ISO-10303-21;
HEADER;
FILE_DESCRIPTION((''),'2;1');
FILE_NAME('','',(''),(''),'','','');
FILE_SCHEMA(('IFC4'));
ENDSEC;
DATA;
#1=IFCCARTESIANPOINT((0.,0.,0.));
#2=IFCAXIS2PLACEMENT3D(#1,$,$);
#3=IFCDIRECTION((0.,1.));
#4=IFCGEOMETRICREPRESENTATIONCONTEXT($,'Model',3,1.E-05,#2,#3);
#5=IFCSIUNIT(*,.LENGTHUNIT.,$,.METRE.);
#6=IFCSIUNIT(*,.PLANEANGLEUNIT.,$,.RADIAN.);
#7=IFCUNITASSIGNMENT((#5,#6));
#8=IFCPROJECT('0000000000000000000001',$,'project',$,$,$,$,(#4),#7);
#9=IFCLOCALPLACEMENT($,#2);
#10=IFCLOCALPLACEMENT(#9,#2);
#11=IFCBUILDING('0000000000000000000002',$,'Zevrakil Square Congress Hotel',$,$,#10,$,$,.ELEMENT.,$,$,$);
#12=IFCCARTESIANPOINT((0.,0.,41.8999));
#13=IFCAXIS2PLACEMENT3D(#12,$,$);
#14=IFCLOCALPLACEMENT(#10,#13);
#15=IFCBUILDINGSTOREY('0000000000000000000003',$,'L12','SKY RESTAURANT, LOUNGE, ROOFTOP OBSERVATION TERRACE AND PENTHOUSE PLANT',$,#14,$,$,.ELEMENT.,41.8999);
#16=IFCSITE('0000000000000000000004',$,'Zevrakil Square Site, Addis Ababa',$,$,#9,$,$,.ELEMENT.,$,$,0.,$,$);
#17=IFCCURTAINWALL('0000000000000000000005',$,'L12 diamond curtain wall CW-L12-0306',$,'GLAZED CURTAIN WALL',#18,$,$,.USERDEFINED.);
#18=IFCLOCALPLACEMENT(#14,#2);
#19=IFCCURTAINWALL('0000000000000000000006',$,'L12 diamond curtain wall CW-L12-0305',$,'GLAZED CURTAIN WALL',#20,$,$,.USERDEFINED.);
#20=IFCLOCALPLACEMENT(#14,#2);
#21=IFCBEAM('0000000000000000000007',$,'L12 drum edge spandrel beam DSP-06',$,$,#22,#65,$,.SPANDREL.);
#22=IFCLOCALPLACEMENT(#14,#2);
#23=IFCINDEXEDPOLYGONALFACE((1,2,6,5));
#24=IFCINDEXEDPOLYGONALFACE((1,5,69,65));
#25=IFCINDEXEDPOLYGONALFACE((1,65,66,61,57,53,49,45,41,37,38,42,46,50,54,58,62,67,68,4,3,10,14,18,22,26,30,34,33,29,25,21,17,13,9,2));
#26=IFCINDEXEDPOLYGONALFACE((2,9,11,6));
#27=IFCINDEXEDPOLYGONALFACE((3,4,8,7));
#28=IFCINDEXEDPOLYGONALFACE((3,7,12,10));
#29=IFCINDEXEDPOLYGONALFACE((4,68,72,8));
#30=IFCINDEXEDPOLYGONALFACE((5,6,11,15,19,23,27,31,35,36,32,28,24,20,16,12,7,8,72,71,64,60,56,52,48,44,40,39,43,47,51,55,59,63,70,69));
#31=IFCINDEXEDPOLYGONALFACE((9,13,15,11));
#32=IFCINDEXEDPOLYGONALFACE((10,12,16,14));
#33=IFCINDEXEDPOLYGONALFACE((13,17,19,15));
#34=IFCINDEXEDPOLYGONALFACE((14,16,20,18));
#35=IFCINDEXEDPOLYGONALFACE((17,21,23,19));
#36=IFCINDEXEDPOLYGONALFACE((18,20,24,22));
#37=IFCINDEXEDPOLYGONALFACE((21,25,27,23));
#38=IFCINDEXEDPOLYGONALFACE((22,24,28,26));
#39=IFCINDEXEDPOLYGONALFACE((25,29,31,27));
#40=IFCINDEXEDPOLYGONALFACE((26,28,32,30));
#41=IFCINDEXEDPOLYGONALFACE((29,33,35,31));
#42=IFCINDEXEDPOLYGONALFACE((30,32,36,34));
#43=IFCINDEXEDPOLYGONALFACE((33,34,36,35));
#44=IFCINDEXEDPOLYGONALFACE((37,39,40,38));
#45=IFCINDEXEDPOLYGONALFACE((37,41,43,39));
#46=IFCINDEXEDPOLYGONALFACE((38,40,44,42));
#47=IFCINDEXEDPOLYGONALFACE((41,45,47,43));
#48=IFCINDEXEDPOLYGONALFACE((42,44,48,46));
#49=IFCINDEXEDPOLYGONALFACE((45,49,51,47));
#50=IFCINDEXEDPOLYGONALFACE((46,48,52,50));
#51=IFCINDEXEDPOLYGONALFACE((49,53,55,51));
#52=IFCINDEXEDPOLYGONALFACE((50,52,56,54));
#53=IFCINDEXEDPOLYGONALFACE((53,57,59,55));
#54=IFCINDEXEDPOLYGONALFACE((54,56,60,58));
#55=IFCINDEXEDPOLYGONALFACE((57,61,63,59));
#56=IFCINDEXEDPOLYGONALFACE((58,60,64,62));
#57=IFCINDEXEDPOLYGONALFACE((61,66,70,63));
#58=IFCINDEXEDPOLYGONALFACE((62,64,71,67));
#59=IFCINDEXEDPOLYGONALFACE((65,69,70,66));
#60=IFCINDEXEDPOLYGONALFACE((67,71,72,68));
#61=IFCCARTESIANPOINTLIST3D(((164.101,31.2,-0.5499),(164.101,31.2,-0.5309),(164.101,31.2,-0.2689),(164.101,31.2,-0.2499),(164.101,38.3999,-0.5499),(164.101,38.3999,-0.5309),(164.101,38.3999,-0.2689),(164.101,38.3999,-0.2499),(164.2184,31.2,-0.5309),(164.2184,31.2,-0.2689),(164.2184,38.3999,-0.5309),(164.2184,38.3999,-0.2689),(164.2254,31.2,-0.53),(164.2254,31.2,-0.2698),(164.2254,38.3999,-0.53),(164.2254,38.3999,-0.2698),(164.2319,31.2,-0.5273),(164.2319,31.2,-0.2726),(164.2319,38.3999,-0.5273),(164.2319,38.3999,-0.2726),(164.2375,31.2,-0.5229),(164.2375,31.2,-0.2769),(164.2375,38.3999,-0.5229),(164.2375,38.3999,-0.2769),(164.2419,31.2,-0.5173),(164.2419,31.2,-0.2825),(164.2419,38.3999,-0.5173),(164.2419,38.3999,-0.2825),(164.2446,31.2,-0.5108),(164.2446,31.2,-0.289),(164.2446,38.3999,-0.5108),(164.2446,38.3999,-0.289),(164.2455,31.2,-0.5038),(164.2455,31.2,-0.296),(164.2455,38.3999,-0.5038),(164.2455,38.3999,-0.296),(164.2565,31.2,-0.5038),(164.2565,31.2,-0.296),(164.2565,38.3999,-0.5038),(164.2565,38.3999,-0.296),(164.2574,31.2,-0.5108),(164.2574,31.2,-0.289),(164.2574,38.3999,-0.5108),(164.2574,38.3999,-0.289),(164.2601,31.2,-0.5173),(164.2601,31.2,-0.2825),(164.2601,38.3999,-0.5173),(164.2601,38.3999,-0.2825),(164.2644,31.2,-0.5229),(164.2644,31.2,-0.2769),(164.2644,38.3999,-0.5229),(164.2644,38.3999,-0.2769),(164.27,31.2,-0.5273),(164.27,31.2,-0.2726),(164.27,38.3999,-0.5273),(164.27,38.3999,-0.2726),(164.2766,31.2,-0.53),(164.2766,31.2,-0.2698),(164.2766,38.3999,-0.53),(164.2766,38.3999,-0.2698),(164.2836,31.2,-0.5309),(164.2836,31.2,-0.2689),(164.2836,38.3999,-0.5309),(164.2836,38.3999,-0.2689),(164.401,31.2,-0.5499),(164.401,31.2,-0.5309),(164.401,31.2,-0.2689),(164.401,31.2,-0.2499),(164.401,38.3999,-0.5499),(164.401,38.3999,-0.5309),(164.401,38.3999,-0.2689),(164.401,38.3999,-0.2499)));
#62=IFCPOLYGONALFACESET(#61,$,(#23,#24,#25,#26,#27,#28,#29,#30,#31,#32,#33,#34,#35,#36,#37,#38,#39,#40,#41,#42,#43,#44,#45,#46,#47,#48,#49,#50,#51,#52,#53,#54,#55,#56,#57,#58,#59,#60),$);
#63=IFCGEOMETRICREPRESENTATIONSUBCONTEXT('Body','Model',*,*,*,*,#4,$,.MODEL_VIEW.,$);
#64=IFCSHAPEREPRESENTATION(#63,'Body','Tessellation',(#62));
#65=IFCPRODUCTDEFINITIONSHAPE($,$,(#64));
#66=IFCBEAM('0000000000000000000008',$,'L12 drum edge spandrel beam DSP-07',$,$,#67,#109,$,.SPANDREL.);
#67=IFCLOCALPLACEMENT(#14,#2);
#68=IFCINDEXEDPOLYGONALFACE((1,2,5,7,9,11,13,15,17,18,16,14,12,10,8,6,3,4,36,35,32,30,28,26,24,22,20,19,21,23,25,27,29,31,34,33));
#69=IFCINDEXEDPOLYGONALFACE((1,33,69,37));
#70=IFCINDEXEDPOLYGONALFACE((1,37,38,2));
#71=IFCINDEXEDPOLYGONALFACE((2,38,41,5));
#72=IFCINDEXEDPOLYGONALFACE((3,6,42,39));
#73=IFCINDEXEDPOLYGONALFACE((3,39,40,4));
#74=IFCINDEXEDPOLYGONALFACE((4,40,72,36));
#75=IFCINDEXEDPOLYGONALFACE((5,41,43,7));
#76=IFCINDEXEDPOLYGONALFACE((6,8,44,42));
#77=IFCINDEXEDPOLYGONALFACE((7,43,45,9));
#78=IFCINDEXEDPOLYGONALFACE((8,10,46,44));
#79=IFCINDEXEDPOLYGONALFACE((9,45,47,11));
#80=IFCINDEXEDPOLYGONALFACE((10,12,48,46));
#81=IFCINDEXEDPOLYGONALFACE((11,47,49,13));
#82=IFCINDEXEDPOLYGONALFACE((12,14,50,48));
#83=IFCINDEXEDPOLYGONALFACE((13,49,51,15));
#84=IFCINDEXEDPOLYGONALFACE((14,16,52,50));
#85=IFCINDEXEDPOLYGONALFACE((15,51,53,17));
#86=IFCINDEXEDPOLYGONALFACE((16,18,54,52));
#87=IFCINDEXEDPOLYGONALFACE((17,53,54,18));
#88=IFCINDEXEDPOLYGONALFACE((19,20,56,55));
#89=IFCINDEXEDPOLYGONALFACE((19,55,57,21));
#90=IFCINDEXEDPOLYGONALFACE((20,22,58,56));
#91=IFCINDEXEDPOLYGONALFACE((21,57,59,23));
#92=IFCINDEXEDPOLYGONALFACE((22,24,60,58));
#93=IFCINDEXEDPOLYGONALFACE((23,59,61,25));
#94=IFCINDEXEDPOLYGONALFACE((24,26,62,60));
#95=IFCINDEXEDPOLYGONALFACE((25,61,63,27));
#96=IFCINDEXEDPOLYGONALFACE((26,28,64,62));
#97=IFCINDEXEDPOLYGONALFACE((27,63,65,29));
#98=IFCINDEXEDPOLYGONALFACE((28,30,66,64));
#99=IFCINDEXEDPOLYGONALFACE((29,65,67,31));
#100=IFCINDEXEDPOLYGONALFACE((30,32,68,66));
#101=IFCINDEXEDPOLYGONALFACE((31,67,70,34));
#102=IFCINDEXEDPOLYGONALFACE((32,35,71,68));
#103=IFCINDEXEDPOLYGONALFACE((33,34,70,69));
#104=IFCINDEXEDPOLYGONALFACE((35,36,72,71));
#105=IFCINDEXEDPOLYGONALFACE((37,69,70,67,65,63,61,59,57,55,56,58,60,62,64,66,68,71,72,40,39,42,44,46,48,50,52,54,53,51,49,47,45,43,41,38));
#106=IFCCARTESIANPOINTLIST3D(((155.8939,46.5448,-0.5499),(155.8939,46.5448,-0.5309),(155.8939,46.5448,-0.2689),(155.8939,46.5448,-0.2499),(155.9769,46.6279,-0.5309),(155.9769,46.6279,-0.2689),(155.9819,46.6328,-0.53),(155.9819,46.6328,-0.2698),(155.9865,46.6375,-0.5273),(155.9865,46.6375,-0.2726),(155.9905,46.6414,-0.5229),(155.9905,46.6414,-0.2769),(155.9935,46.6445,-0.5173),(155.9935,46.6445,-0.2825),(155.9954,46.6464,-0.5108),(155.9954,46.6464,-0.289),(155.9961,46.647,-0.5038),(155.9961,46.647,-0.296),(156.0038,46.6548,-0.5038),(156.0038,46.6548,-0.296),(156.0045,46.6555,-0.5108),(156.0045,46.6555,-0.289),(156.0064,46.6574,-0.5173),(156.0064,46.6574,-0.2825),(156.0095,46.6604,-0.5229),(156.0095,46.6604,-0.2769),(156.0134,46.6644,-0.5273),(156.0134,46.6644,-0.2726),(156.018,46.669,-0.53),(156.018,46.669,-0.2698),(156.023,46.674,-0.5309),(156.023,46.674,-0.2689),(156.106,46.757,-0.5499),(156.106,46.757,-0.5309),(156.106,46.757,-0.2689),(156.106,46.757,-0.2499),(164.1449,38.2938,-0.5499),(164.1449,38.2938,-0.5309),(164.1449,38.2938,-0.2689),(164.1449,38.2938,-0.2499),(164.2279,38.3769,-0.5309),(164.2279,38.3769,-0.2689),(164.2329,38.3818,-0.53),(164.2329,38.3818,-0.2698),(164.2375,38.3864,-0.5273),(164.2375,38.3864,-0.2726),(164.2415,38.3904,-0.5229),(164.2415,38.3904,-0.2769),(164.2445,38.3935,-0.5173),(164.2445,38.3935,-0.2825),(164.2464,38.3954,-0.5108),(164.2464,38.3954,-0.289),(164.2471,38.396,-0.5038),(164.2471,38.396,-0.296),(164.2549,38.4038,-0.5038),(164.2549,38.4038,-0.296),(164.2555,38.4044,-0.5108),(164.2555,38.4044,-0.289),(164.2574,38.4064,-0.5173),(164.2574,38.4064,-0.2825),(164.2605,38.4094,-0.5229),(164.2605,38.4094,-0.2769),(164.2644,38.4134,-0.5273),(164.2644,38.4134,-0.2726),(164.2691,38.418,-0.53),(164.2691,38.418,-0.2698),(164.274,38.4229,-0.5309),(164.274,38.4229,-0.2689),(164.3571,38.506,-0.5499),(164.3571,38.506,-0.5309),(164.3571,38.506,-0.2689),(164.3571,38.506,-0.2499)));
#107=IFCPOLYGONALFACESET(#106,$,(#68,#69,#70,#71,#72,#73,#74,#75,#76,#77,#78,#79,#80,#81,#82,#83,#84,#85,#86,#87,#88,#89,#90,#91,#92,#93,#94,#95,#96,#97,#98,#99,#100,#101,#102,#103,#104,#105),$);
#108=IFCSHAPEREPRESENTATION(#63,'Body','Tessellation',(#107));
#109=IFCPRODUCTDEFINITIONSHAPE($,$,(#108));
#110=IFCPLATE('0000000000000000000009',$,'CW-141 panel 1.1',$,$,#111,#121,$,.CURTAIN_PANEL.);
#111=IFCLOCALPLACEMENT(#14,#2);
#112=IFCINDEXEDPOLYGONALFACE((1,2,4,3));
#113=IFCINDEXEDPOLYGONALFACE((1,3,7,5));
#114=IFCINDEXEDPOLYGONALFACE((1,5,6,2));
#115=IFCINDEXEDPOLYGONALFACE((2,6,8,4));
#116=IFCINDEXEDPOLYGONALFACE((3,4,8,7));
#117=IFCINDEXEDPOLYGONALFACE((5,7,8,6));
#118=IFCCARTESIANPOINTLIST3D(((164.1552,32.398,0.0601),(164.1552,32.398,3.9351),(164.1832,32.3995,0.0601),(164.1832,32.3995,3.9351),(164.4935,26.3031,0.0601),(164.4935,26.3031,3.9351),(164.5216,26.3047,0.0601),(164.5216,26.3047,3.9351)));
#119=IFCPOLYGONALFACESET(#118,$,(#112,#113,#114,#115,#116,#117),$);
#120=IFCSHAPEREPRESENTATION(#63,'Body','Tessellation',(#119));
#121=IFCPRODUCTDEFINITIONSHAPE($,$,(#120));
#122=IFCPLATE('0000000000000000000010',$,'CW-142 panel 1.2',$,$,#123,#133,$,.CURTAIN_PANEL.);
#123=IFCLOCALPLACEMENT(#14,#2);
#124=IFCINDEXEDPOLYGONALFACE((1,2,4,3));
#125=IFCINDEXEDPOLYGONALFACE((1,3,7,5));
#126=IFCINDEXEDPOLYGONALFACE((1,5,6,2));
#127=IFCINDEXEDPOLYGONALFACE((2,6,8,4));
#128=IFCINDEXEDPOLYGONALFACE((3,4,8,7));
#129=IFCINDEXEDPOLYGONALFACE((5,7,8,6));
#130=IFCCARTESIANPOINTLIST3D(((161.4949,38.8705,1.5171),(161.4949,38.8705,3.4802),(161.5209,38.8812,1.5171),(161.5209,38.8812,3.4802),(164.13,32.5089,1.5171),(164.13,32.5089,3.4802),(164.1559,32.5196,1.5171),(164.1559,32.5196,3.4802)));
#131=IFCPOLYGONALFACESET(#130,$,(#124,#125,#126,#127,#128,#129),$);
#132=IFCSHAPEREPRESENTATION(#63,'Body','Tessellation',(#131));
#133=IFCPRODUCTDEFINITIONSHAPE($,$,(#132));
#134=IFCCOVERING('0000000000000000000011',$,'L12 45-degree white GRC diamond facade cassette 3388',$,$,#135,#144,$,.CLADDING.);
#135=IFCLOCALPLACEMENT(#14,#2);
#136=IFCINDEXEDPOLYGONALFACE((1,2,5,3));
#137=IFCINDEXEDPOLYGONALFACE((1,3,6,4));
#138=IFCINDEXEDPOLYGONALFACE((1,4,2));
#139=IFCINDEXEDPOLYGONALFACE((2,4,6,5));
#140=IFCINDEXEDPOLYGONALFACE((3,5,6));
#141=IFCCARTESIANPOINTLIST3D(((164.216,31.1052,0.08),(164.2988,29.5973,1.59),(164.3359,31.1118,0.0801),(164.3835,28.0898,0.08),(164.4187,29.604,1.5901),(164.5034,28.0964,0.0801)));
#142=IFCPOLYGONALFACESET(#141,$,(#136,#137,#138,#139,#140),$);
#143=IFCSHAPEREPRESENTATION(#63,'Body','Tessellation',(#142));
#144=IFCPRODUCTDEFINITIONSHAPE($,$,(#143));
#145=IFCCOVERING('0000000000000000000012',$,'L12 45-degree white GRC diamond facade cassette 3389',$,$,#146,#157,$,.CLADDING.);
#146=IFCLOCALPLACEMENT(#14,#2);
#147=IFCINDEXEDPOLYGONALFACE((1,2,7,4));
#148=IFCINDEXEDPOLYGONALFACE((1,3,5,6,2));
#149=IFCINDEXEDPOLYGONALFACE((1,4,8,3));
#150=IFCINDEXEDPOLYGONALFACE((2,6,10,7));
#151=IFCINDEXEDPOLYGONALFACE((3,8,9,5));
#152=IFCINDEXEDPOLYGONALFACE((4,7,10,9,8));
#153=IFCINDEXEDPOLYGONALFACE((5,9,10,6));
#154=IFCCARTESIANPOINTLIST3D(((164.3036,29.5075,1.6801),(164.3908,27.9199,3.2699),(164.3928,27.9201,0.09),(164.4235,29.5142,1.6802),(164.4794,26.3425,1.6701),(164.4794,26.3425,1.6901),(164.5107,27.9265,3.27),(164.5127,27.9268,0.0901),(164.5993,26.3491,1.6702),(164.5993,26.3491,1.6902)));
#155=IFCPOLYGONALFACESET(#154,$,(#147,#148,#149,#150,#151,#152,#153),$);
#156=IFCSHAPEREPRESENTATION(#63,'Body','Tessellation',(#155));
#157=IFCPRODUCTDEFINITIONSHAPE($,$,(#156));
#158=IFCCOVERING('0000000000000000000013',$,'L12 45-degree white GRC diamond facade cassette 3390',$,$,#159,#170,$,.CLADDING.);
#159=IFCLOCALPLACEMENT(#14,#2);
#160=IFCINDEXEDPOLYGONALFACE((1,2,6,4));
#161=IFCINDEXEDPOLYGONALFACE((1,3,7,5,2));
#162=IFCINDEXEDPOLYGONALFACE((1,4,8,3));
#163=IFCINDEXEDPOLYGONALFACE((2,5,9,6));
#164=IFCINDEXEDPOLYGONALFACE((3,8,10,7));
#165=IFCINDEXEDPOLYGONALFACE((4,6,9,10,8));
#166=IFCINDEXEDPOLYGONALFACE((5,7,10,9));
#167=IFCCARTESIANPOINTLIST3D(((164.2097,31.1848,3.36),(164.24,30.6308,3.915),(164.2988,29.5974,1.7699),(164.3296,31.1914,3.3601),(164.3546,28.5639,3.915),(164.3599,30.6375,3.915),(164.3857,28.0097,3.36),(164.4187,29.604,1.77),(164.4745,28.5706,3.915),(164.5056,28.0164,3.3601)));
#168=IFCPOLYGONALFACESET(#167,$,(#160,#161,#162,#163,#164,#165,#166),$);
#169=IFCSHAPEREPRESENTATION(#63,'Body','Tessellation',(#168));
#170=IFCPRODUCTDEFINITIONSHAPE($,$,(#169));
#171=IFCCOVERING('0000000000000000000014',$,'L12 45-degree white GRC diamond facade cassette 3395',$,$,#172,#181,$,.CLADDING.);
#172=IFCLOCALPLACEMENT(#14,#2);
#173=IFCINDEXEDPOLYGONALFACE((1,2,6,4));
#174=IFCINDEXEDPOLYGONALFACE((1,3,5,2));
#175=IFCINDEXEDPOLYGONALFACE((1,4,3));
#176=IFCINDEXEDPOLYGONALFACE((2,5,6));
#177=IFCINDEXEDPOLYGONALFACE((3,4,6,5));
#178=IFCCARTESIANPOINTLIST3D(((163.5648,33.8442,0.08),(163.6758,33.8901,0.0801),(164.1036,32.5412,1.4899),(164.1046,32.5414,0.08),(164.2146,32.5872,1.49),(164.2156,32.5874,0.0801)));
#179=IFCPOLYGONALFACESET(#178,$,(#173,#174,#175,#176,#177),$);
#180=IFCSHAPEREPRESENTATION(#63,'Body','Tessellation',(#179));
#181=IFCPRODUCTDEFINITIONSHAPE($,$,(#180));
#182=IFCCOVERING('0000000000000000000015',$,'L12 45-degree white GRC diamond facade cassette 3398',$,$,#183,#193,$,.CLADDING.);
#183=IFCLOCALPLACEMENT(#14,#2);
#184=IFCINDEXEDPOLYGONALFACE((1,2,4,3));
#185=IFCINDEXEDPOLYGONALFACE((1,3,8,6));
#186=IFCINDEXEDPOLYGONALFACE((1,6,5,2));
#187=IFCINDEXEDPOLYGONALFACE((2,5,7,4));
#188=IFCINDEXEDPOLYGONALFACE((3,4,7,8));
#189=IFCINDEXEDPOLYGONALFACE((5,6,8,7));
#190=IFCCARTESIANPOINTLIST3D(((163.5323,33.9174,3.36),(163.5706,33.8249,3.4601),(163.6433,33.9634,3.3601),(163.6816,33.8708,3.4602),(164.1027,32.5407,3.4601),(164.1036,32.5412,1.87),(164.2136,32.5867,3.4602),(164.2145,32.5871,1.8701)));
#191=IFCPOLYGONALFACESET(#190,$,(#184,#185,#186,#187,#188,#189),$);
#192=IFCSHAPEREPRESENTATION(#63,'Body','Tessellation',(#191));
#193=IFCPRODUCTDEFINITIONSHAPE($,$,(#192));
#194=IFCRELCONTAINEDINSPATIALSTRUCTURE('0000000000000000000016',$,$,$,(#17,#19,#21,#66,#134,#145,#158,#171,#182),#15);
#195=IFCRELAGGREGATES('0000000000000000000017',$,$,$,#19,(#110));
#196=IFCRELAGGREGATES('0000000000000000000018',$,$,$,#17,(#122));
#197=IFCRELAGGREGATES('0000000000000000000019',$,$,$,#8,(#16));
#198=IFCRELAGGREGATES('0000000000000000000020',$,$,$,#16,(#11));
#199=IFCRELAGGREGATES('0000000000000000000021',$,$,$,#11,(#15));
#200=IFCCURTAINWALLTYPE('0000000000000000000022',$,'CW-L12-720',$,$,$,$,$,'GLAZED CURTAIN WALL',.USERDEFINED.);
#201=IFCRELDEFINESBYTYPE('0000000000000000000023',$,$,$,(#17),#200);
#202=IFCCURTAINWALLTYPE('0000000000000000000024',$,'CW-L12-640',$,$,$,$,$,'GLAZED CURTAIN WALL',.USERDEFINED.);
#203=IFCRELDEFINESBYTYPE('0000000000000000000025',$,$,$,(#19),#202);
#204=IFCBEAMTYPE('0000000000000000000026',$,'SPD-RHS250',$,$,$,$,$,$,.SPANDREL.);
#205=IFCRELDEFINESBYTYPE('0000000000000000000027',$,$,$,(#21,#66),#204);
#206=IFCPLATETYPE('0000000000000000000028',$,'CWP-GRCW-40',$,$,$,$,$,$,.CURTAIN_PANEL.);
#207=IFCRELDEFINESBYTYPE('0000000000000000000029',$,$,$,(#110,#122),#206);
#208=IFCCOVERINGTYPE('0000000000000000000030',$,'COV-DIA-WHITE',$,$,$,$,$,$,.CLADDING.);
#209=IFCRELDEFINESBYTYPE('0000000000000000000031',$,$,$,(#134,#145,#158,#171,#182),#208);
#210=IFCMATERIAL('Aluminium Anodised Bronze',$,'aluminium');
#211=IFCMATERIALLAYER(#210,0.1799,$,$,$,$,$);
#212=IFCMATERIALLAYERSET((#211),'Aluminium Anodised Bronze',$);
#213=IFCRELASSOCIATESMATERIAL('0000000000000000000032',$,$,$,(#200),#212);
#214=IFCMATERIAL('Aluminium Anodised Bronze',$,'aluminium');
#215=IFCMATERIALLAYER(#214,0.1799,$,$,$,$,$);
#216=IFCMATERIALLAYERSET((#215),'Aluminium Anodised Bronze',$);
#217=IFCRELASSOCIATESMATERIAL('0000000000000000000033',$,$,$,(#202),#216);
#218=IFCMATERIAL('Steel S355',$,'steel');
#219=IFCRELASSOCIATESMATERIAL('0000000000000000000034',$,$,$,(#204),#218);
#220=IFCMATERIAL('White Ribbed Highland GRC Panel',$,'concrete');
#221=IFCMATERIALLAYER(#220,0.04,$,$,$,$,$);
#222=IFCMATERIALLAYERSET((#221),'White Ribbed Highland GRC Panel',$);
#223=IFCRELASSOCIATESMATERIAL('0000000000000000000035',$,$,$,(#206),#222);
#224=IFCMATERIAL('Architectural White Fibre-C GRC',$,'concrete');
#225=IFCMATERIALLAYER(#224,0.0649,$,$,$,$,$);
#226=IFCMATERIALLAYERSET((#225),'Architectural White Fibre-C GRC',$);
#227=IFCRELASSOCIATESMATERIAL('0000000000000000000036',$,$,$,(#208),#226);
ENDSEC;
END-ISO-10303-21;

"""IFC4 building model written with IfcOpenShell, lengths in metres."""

from ifc_helpers import new_model, si_unit, direction, frame, origin, origin_2d, place, context, subcontext, project, spatial, polyline, rectangle, i_section, outline, extrude, material, layer, layer_set, material_profile, profile_set, type_object, element, aggregate, save


model = new_model("IFC4")

# Units and contexts
model_context = context("Model", 3, precision=1e-05, world=origin(), true_north=direction((0.0, 1.0)))
body_context = subcontext(model_context, "Body", "Model", "MODEL_VIEW")
ifc_project = project(units=[si_unit("LENGTHUNIT", "METRE"), si_unit("PLANEANGLEUNIT", "RADIAN")], contexts=[model_context])

# Site, building, storey
site_placement = place(None, origin())
site = spatial("IfcSite", under=ifc_project, at=site_placement, Name="Zevrakil Square Site, Addis Ababa", CompositionType="ELEMENT", RefElevation=0.0)
building_placement = place(site_placement, origin())
building = spatial("IfcBuilding", under=site, at=building_placement, Name="Zevrakil Square Congress Hotel", CompositionType="ELEMENT")
storey_placement = place(building_placement, frame((0.0, 0.0, 41.8999)))
storey = spatial("IfcBuildingStorey", under=building, at=storey_placement, Name="L12", Description="SKY RESTAURANT, LOUNGE, ROOFTOP OBSERVATION TERRACE AND PENTHOUSE PLANT", CompositionType="ELEMENT", Elevation=41.8999)

# Curtain wall
ifc_material_1 = material(Name="Aluminium Anodised Bronze", Category="aluminium")
ifc_layer_1 = layer(ifc_material_1, 0.1799)
ifc_layer_set_1 = layer_set([ifc_layer_1], Name="Aluminium Anodised Bronze")
curtain_wall_type_1 = type_object("IfcCurtainWallType", Name="CW-L12-720", ElementType="GLAZED CURTAIN WALL", PredefinedType="USERDEFINED", material=ifc_layer_set_1)
curtain_wall_1_placement = place(storey_placement, origin())
curtain_wall_1 = element("IfcCurtainWall", 1, at=curtain_wall_1_placement, inside=storey, type_object=curtain_wall_type_1, Name="L12 diamond curtain wall CW-L12-0306", ObjectType="GLAZED CURTAIN WALL", PredefinedType="USERDEFINED")

# Curtain wall
ifc_material_2 = material(Name="Aluminium Anodised Bronze", Category="aluminium")
ifc_layer_2 = layer(ifc_material_2, 0.1799)
ifc_layer_set_2 = layer_set([ifc_layer_2], Name="Aluminium Anodised Bronze")
curtain_wall_type_2 = type_object("IfcCurtainWallType", Name="CW-L12-640", ElementType="GLAZED CURTAIN WALL", PredefinedType="USERDEFINED", material=ifc_layer_set_2)
curtain_wall_2_placement = place(storey_placement, origin())
curtain_wall_2 = element("IfcCurtainWall", 2, at=curtain_wall_2_placement, inside=storey, type_object=curtain_wall_type_2, Name="L12 diamond curtain wall CW-L12-0305", ObjectType="GLAZED CURTAIN WALL", PredefinedType="USERDEFINED")

# Beams
ifc_material_3 = material(Name="Steel S355", Category="steel")
ifc_material_profile_1 = material_profile(ifc_material_3, i_section(OverallWidth=0.3, OverallDepth=0.3, WebThickness=0.011, FlangeThickness=0.019, FilletRadius=0.0271, at=origin_2d()), Name="HEB 300")
ifc_profile_set_1 = profile_set([ifc_material_profile_1], Name="Steel S355")
beam_type_1 = type_object("IfcBeamType", Name="SPD-RHS250", PredefinedType="SPANDREL", material=ifc_profile_set_1)
beam_1_placement = place(storey_placement, frame((164.251, 31.2, -0.3999), z_axis=(0.0, 1.0, 0.0), x_axis=(-1.0, 0.0, 0.0)))
element("IfcBeam", 3, at=beam_1_placement, inside=storey, type_object=beam_type_1, Name="L12 drum edge spandrel beam DSP-06", PredefinedType="SPANDREL", context=body_context, shape_type="SweptSolid", body=[
    extrude(i_section(OverallWidth=0.3, OverallDepth=0.3, WebThickness=0.011, FlangeThickness=0.019, FilletRadius=0.0271, at=origin_2d()), origin(), (0.0, 0.0, 1.0), 7.2),
])
beam_2_placement = place(storey_placement, frame((164.251, 38.3999, -0.3999), z_axis=(-0.707107, 0.707107, 0.0), x_axis=(-0.707107, -0.707107, 0.0)))
element("IfcBeam", 4, at=beam_2_placement, inside=storey, type_object=beam_type_1, Name="L12 drum edge spandrel beam DSP-07", PredefinedType="SPANDREL", context=body_context, shape_type="SweptSolid", body=[
    extrude(i_section(OverallWidth=0.3, OverallDepth=0.3, WebThickness=0.011, FlangeThickness=0.019, FilletRadius=0.0271, at=origin_2d()), origin(), (0.0, 0.0, 1.0), 11.6687),
])

# Plates
ifc_material_4 = material(Name="White Ribbed Highland GRC Panel", Category="concrete")
ifc_layer_3 = layer(ifc_material_4, 0.04)
ifc_layer_set_3 = layer_set([ifc_layer_3], Name="White Ribbed Highland GRC Panel")
plate_type = type_object("IfcPlateType", Name="CWP-GRCW-40", PredefinedType="CURTAIN_PANEL", material=ifc_layer_set_3)
plate_1_placement = place(storey_placement, frame((164.3384, 29.3513, 0.0601), z_axis=(0.0, 0.0, 1.0), x_axis=(-0.055427, 0.998463, 0.0)))
plate_1 = element("IfcPlate", 5, at=plate_1_placement, type_object=plate_type, Name="CW-141 panel 1.1", PredefinedType="CURTAIN_PANEL", context=body_context, shape_type="SweptSolid", body=[
    extrude(rectangle(XDim=6.1042, YDim=0.0281, at=origin_2d()), origin(), (0.0, 0.0, 1.0), 3.875),
])
aggregate(curtain_wall_2, [plate_1])
plate_2_placement = place(storey_placement, frame((162.8254, 35.6951, 1.5171), z_axis=(0.0, 0.0, 1.0), x_axis=(-0.382684, 0.923879, 0.0)))
plate_2 = element("IfcPlate", 6, at=plate_2_placement, type_object=plate_type, Name="CW-142 panel 1.2", PredefinedType="CURTAIN_PANEL", context=body_context, shape_type="SweptSolid", body=[
    extrude(rectangle(XDim=6.8857, YDim=0.0281, at=origin_2d()), origin(), (0.0, 0.0, 1.0), 1.9631),
])
aggregate(curtain_wall_1, [plate_2])

# Coverings
ifc_material_5 = material(Name="Architectural White Fibre-C GRC", Category="concrete")
ifc_layer_4 = layer(ifc_material_5, 0.0649)
ifc_layer_set_4 = layer_set([ifc_layer_4], Name="Architectural White Fibre-C GRC")
covering_type_1 = type_object("IfcCoveringType", Name="COV-DIA-WHITE", PredefinedType="CLADDING", material=ifc_layer_set_4)
covering_1_placement = place(storey_placement, frame((164.4187, 29.604, 1.5901), z_axis=(0.998461, 0.055457, 0.00065), x_axis=(-0.038756, 0.706061, -0.70709)))
element("IfcCovering", 7, at=covering_1_placement, inside=storey, type_object=covering_type_1, Name="L12 45-degree white GRC diamond facade cassette 3388", PredefinedType="CLADDING", context=body_context, shape_type="SweptSolid", body=[
    extrude(outline(polyline([(0.0, 0.0), (2.1355, 0.0), (0.0, -2.1354), (0.0, 0.0)])), origin(), (0.0, 0.0, -1.0), 0.1201),
])
covering_2_placement = place(storey_placement, frame((164.5107, 27.9265, 3.27), z_axis=(0.998461, 0.055453, 0.000616), x_axis=(-0.038779, 0.706086, -0.707064)))
element("IfcCovering", 8, at=covering_2_placement, inside=storey, type_object=covering_type_1, Name="L12 45-degree white GRC diamond facade cassette 3389", PredefinedType="CLADDING", context=body_context, shape_type="SweptSolid", body=[
    extrude(outline(polyline([(0.0, 0.0), (2.2485, 0.0), (2.2485, -2.2486), (0.014, -2.2484), (-0.0002, -2.2343), (0.0, 0.0)])), origin(), (0.0, 0.0, -1.0), 0.1201),
])
covering_3_placement = place(storey_placement, frame((164.3296, 31.1914, 3.3601), z_axis=(0.998466, 0.055366, 0.000677), x_axis=(0.039625, -0.705954, -0.707148)))
element("IfcCovering", 9, at=covering_3_placement, inside=storey, type_object=covering_type_1, Name="L12 45-degree white GRC diamond facade cassette 3390", PredefinedType="CLADDING", context=body_context, shape_type="SweptSolid", body=[
    extrude(outline(polyline([(0.0, 0.0), (2.2486, 0.0), (2.2484, -2.2487), (1.4635, -2.2485), (-0.0002, -0.7847), (0.0, 0.0)])), origin(), (0.0, 0.0, -1.0), 0.1201),
])
covering_4_placement = place(storey_placement, frame((163.6758, 33.8901, 0.0801), z_axis=(0.923833, 0.382795, 0.000706), x_axis=(0.382795, -0.923833, 0.0)))
element("IfcCovering", 10, at=covering_4_placement, inside=storey, type_object=covering_type_1, Name="L12 45-degree white GRC diamond facade cassette 3395", PredefinedType="CLADDING", context=body_context, shape_type="SweptSolid", body=[
    extrude(outline(polyline([(0.0, 0.0), (1.4101, 0.0), (1.41, -1.4099), (0.0, 0.0)])), origin(), (0.0, 0.0, -1.0), 0.1201),
])
covering_5_placement = place(storey_placement, frame((163.6433, 33.9634, 3.3601), z_axis=(0.923848, 0.382758, 0.000647), x_axis=(0.271083, -0.653105, -0.707084)))
element("IfcCovering", 11, at=covering_5_placement, inside=storey, type_object=covering_type_1, Name="L12 45-degree white GRC diamond facade cassette 3398", PredefinedType="CLADDING", context=body_context, shape_type="SweptSolid", body=[
    extrude(outline(polyline([(0.0, 0.0), (2.1072, 0.0), (0.983, -1.1245), (0.0, -0.1416), (0.0, 0.0)])), origin(), (0.0, 0.0, -1.0), 0.1201),
])

save(model, "model.ifc")
